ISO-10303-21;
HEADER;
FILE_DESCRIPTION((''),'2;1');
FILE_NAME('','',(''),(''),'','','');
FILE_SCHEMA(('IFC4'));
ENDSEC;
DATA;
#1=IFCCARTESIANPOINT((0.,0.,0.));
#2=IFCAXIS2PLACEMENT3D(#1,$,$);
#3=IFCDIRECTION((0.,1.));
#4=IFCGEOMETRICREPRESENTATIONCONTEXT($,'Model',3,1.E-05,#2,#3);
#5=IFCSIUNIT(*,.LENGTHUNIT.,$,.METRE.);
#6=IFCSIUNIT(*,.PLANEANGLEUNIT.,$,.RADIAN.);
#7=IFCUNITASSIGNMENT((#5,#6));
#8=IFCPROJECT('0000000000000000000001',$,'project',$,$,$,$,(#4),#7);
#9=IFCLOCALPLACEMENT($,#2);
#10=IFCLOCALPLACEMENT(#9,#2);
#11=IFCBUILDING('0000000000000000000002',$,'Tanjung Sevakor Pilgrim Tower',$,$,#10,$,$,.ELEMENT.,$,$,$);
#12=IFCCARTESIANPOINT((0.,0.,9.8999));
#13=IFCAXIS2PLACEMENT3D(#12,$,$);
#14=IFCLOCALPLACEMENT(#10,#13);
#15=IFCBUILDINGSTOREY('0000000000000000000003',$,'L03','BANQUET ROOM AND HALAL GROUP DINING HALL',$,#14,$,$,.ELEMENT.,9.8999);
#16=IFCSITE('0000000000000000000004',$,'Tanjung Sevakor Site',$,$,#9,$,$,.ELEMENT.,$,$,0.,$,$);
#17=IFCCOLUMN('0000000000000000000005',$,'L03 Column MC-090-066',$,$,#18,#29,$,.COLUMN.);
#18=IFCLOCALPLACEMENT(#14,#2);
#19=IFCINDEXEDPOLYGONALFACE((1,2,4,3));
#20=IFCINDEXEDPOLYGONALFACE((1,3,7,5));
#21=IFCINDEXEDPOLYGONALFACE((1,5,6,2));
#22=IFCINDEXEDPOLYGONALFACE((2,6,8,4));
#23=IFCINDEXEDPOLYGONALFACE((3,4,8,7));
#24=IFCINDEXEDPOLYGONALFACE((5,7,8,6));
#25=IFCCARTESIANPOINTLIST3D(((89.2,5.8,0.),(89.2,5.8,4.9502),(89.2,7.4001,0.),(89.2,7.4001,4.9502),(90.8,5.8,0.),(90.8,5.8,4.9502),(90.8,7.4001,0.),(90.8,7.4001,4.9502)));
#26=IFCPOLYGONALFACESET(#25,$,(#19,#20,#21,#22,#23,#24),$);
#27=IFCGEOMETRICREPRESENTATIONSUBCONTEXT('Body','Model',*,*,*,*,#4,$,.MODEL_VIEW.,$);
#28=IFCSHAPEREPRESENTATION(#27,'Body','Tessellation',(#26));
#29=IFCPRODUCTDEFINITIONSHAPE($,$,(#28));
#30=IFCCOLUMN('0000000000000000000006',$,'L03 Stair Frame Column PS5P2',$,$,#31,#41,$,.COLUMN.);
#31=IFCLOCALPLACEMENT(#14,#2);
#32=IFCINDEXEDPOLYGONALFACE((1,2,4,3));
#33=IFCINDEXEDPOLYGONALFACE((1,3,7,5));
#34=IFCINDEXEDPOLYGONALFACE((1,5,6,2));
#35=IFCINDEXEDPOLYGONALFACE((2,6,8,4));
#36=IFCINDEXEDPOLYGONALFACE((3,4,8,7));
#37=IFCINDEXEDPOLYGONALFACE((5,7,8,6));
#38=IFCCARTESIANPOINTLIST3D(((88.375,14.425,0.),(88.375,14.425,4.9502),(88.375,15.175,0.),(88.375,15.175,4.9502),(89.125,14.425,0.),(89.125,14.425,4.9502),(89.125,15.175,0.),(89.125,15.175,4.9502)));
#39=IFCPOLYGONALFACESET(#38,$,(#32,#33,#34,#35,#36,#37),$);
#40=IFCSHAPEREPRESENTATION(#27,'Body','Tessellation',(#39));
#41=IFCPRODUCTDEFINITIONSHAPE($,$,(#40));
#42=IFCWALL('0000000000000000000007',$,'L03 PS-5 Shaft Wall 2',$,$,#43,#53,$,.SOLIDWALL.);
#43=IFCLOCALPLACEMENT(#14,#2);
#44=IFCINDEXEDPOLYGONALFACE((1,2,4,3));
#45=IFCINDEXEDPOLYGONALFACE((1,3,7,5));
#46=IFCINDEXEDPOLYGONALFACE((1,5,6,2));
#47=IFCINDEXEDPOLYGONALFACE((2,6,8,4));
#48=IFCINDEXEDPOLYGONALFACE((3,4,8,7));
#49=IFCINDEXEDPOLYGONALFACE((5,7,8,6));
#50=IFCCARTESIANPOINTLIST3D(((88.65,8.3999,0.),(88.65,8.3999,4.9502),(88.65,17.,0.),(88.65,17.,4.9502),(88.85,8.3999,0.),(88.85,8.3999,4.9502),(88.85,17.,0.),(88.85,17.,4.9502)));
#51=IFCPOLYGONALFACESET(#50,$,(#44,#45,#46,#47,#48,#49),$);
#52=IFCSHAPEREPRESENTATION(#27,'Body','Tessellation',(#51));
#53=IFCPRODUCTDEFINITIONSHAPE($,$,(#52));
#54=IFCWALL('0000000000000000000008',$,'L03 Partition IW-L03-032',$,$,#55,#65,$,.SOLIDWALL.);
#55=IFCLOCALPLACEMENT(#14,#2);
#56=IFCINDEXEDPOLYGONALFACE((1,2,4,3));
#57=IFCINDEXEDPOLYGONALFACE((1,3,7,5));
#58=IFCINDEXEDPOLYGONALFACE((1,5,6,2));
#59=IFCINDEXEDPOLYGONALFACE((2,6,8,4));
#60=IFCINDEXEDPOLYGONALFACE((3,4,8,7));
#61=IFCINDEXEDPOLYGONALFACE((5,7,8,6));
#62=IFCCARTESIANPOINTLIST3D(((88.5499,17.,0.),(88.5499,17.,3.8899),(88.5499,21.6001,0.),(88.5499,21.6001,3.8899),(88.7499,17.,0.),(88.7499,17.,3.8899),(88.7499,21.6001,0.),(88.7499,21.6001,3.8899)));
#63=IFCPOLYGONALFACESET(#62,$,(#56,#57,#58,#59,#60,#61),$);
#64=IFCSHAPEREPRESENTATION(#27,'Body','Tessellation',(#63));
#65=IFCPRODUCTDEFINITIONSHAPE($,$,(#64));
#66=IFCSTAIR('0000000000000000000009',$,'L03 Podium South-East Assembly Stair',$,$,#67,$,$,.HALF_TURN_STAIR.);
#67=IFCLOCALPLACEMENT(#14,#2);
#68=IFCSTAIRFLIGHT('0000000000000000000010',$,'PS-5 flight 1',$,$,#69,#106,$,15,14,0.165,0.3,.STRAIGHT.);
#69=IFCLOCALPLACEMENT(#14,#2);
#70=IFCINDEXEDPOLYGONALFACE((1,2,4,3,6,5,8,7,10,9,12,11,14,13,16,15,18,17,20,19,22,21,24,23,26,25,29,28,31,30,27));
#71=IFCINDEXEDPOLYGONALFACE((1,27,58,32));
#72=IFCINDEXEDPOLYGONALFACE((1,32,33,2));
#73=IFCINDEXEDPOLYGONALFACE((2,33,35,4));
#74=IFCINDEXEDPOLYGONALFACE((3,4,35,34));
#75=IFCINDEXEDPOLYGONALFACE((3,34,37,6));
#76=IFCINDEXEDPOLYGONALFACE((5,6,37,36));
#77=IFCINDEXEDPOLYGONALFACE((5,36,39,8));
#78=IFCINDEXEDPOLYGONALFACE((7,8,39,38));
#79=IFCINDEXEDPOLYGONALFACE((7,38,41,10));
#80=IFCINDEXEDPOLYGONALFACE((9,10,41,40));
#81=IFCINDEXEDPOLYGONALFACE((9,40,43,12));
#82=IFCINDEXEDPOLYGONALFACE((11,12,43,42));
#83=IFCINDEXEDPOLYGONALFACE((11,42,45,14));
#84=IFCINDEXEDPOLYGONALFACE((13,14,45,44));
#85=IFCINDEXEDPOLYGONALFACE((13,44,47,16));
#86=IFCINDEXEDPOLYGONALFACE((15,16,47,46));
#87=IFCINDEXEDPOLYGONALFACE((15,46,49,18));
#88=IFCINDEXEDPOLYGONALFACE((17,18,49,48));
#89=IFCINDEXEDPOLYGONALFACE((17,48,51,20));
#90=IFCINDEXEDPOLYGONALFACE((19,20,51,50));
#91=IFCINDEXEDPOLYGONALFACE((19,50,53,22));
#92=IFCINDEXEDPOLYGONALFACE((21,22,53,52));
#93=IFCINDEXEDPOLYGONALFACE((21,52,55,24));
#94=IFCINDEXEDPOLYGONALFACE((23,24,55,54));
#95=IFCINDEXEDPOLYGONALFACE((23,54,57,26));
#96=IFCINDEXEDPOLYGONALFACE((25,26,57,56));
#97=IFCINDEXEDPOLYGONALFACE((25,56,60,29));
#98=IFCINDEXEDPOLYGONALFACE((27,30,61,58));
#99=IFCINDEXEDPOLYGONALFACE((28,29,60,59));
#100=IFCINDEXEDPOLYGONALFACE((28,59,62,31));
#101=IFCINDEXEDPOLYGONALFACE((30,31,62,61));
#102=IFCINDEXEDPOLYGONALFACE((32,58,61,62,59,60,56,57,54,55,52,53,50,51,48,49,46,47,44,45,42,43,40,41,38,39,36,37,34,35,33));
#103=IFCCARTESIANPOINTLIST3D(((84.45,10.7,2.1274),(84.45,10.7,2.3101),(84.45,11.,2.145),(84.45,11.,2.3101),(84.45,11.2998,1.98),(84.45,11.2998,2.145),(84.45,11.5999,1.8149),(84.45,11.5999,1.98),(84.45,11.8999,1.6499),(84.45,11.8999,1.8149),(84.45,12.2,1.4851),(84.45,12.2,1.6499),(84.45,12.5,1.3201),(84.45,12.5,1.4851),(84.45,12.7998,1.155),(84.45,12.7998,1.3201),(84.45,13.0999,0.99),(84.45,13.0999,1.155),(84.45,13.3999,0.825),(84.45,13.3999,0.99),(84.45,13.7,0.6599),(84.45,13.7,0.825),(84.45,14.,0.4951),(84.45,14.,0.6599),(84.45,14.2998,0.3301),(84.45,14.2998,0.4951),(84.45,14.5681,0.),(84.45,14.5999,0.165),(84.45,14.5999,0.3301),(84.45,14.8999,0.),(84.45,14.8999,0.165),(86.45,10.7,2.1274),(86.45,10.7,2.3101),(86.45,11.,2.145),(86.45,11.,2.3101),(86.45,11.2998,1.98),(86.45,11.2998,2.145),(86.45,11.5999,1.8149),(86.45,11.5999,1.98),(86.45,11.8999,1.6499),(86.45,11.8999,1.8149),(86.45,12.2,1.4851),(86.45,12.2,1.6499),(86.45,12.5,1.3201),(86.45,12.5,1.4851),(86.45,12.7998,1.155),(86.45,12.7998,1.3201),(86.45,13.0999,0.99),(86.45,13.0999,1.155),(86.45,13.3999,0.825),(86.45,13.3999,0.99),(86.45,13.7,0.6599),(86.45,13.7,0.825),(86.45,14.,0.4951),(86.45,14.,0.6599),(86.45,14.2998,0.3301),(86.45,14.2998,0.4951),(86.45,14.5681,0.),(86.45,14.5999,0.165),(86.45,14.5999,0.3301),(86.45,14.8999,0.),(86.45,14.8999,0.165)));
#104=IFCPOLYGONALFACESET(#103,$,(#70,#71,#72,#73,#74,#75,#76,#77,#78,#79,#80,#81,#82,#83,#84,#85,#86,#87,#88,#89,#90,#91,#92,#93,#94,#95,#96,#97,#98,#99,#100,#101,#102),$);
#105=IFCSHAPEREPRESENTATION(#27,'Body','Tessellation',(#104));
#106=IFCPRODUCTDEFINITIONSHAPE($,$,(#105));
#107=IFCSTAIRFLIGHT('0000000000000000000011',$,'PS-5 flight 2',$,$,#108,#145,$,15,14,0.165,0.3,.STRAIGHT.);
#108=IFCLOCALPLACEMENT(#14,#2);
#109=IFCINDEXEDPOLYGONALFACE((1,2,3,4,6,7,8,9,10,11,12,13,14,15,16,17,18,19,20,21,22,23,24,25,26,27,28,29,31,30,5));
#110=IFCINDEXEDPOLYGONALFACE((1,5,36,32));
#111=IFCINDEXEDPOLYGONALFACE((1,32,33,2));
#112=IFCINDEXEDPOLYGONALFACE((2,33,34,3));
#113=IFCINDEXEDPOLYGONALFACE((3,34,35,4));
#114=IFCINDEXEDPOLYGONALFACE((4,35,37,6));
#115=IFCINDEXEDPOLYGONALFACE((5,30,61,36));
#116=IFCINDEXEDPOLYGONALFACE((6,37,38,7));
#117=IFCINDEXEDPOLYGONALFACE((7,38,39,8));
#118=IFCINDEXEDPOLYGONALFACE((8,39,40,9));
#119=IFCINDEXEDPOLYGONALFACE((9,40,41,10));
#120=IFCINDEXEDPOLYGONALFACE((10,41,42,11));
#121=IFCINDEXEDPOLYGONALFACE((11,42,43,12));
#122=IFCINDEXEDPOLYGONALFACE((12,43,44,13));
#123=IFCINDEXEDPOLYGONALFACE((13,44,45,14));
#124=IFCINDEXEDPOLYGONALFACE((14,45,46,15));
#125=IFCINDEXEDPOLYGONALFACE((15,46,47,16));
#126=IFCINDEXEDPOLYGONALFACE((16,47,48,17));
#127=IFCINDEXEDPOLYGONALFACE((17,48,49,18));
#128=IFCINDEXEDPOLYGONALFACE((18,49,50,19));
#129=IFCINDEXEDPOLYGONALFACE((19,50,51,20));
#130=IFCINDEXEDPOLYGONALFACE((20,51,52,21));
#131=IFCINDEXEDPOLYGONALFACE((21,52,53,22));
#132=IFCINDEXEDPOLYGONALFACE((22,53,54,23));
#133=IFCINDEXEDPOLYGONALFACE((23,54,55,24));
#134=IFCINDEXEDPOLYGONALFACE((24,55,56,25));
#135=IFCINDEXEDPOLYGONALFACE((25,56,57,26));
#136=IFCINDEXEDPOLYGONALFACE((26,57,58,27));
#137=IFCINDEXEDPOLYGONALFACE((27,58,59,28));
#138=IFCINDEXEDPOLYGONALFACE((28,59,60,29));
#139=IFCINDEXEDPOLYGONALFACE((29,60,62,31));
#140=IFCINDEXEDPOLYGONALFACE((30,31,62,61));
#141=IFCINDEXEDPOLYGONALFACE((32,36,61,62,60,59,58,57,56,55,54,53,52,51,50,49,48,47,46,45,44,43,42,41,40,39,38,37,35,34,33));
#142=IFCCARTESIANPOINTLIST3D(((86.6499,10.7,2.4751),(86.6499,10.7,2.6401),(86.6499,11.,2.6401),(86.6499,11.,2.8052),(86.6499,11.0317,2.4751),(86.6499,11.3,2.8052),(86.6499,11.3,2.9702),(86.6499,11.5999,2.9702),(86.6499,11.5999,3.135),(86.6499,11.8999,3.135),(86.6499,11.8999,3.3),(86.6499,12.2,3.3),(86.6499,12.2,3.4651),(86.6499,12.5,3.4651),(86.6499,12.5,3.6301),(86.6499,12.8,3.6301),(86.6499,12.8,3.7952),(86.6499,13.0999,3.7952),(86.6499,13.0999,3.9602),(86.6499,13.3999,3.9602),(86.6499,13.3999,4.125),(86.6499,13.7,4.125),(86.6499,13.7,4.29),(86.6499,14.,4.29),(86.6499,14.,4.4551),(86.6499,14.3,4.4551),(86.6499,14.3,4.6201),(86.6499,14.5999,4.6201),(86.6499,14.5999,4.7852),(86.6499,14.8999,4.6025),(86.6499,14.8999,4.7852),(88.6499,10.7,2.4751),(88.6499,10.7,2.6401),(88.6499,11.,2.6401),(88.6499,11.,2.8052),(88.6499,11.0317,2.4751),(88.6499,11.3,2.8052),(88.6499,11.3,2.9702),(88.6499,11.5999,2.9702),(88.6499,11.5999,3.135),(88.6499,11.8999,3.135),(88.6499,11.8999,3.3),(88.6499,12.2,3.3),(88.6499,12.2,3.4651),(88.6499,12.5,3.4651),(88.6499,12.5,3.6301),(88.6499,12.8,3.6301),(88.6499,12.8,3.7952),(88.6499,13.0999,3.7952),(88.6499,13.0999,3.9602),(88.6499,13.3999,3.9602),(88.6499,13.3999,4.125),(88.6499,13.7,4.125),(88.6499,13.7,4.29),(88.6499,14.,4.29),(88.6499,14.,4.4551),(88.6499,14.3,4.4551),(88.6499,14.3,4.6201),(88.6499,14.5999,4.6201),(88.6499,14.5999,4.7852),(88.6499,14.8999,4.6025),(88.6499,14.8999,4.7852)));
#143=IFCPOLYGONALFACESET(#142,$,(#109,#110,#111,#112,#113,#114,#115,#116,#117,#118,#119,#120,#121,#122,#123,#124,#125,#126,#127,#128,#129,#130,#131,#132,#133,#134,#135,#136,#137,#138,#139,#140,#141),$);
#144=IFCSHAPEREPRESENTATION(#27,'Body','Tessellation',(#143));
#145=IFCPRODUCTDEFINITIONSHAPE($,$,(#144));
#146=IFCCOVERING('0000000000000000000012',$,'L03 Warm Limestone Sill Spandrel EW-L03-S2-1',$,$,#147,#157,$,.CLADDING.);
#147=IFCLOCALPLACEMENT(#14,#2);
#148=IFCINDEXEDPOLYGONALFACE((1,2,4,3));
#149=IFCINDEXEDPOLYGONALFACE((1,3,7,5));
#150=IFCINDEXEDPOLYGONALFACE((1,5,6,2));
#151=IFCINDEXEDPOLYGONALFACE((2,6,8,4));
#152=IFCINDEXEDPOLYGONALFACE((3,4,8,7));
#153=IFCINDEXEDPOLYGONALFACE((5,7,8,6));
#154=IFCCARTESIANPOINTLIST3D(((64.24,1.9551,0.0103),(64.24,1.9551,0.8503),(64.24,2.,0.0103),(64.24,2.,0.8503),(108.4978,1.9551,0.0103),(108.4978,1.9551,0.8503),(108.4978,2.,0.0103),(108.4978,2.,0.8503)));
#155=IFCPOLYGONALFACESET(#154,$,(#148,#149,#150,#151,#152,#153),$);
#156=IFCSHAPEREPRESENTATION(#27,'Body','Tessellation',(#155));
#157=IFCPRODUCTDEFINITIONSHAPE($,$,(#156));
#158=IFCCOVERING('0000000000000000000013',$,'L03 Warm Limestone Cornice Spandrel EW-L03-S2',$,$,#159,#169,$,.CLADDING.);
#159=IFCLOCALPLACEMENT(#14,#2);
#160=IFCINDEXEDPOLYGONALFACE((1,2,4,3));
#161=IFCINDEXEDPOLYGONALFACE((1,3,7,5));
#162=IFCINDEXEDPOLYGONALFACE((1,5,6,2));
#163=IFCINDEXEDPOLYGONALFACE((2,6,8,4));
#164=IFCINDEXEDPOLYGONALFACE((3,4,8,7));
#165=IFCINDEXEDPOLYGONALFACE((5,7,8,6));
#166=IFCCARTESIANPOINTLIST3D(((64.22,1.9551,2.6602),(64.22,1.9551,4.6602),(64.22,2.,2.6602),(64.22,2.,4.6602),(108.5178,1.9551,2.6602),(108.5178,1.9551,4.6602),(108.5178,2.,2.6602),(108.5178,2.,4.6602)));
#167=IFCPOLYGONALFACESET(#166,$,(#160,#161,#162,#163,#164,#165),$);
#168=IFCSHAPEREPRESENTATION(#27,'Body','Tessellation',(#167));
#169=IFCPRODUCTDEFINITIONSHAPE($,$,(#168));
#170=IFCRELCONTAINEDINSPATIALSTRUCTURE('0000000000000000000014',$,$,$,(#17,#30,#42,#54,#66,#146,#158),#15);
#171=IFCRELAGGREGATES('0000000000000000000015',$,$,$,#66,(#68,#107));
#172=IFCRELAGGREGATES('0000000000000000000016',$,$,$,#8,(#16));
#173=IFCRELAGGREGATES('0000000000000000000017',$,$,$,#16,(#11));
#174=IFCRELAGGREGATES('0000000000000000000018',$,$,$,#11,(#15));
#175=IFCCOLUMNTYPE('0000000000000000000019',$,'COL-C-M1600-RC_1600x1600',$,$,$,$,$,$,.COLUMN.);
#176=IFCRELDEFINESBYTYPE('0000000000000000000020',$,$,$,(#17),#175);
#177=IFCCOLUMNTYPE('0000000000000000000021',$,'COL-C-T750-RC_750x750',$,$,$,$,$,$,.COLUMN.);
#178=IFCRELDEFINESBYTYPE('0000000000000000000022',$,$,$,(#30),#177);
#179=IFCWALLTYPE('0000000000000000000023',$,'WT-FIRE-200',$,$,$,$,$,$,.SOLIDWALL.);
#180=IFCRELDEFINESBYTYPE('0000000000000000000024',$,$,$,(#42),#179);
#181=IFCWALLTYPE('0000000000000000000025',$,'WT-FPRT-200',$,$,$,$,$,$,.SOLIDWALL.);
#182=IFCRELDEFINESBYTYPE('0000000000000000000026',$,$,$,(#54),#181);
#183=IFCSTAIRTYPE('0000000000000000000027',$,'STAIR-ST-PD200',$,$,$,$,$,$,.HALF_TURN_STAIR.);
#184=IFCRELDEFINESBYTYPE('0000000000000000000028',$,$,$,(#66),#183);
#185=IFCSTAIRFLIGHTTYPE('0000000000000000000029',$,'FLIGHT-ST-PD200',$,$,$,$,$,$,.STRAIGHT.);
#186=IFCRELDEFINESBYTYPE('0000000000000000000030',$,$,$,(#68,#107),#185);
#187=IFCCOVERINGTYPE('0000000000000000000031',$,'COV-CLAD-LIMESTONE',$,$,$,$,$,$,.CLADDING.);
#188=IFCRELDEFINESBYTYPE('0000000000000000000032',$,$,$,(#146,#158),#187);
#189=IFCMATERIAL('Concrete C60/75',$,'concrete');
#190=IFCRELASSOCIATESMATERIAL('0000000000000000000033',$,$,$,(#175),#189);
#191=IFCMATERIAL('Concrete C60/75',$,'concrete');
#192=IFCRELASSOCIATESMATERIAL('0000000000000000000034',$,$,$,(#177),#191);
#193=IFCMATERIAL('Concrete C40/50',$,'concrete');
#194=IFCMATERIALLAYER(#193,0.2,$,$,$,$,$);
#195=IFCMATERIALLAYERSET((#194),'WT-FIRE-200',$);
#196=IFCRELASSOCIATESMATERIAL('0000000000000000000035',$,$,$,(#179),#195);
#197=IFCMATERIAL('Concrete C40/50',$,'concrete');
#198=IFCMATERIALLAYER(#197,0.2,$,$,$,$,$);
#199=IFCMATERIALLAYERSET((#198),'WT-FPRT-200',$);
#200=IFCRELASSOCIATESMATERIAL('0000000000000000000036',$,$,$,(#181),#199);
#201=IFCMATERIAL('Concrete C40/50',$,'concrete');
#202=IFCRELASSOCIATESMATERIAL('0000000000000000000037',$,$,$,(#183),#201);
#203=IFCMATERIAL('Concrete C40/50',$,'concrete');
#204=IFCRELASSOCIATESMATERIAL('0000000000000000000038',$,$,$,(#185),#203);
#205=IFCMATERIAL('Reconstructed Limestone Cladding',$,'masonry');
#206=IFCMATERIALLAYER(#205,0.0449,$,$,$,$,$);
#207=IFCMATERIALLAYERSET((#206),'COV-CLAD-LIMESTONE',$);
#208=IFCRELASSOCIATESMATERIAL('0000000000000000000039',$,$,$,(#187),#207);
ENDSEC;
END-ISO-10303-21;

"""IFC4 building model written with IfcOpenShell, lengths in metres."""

from ifc_helpers import new_model, si_unit, direction, frame, frame_2d, origin, origin_2d, place, context, subcontext, project, spatial, polyline, rectangle, outline, extrude, material, layer, layer_set, material_profile, profile_set, type_object, element, aggregate, save


model = new_model("IFC4")

# Units and contexts
model_context = context("Model", 3, precision=1e-05, world=origin(), true_north=direction((0.0, 1.0)))
body_context = subcontext(model_context, "Body", "Model", "MODEL_VIEW")
ifc_project = project(units=[si_unit("LENGTHUNIT", "METRE"), si_unit("PLANEANGLEUNIT", "RADIAN")], contexts=[model_context])

# Site, building, storey
site_placement = place(None, origin())
site = spatial("IfcSite", under=ifc_project, at=site_placement, Name="Tanjung Sevakor Site", CompositionType="ELEMENT", RefElevation=0.0)
building_placement = place(site_placement, origin())
building = spatial("IfcBuilding", under=site, at=building_placement, Name="Tanjung Sevakor Pilgrim Tower", CompositionType="ELEMENT")
storey_placement = place(building_placement, frame((0.0, 0.0, 9.8999)))
storey = spatial("IfcBuildingStorey", under=building, at=storey_placement, Name="L03", Description="BANQUET ROOM AND HALAL GROUP DINING HALL", CompositionType="ELEMENT", Elevation=9.8999)

# Columns
ifc_material_1 = material(Name="Concrete C60/75", Category="concrete")
ifc_material_profile_1 = material_profile(ifc_material_1, rectangle(XDim=1.6001, YDim=1.6001, at=origin_2d()))
ifc_profile_set_1 = profile_set([ifc_material_profile_1], Name="Concrete C60/75")
column_type_1 = type_object("IfcColumnType", Name="COL-C-M1600-RC_1600x1600", PredefinedType="COLUMN", material=ifc_profile_set_1)
column_1_placement = place(storey_placement, frame((90.0, 6.6001, 0.0), z_axis=(0.0, 0.0, 1.0), x_axis=(1.0, 0.0, 0.0)))
element("IfcColumn", 1, at=column_1_placement, inside=storey, type_object=column_type_1, Name="L03 Column MC-090-066", PredefinedType="COLUMN", context=body_context, shape_type="SweptSolid", body=[
    extrude(rectangle(XDim=1.6001, YDim=1.6001, at=origin_2d()), origin(), (0.0, 0.0, 1.0), 4.9502),
])
ifc_material_2 = material(Name="Concrete C60/75", Category="concrete")
ifc_material_profile_2 = material_profile(ifc_material_2, rectangle(XDim=0.75, YDim=0.75, at=origin_2d()))
ifc_profile_set_2 = profile_set([ifc_material_profile_2], Name="Concrete C60/75")
column_type_2 = type_object("IfcColumnType", Name="COL-C-T750-RC_750x750", PredefinedType="COLUMN", material=ifc_profile_set_2)
column_2_placement = place(storey_placement, frame((88.75, 14.8, 0.0), z_axis=(0.0, 0.0, 1.0), x_axis=(1.0, 0.0, 0.0)))
element("IfcColumn", 2, at=column_2_placement, inside=storey, type_object=column_type_2, Name="L03 Stair Frame Column PS5P2", PredefinedType="COLUMN", context=body_context, shape_type="SweptSolid", body=[
    extrude(rectangle(XDim=0.75, YDim=0.75, at=origin_2d()), origin(), (0.0, 0.0, 1.0), 4.9502),
])

# Wall
ifc_material_3 = material(Name="Concrete C40/50", Category="concrete")
ifc_layer_1 = layer(ifc_material_3, 0.2)
ifc_layer_set_1 = layer_set([ifc_layer_1], Name="WT-FIRE-200")
wall_type_1 = type_object("IfcWallType", Name="WT-FIRE-200", PredefinedType="SOLIDWALL", material=ifc_layer_set_1)
wall_1_placement = place(storey_placement, frame((88.75, 8.3999, 0.0), z_axis=(0.0, 0.0, 1.0), x_axis=(0.0, 1.0, 0.0)))
element("IfcWall", 3, at=wall_1_placement, inside=storey, type_object=wall_type_1, Name="L03 PS-5 Shaft Wall 2", PredefinedType="SOLIDWALL", context=body_context, shape_type="SweptSolid", body=[
    extrude(rectangle(XDim=8.6001, YDim=0.2, at=frame_2d((4.3, 0.0))), origin(), (0.0, 0.0, 1.0), 4.9502),
])

# Wall
ifc_material_4 = material(Name="Concrete C40/50", Category="concrete")
ifc_layer_2 = layer(ifc_material_4, 0.2)
ifc_layer_set_2 = layer_set([ifc_layer_2], Name="WT-FPRT-200")
wall_type_2 = type_object("IfcWallType", Name="WT-FPRT-200", PredefinedType="SOLIDWALL", material=ifc_layer_set_2)
wall_2_placement = place(storey_placement, frame((88.6499, 17.0, 0.0), z_axis=(0.0, 0.0, 1.0), x_axis=(0.0, 1.0, 0.0)))
element("IfcWall", 4, at=wall_2_placement, inside=storey, type_object=wall_type_2, Name="L03 Partition IW-L03-032", PredefinedType="SOLIDWALL", context=body_context, shape_type="SweptSolid", body=[
    extrude(rectangle(XDim=4.6001, YDim=0.2, at=frame_2d((2.3, 0.0))), origin(), (0.0, 0.0, 1.0), 3.8899),
])

# Stair, stair flights
ifc_material_5 = material(Name="Concrete C40/50", Category="concrete")
stair_type = type_object("IfcStairType", Name="STAIR-ST-PD200", PredefinedType="HALF_TURN_STAIR", material=ifc_material_5)
stair_placement = place(storey_placement, origin())
stair = element("IfcStair", 5, at=stair_placement, inside=storey, type_object=stair_type, Name="L03 Podium South-East Assembly Stair", PredefinedType="HALF_TURN_STAIR")
ifc_material_6 = material(Name="Concrete C40/50", Category="concrete")
stair_flight_type = type_object("IfcStairFlightType", Name="FLIGHT-ST-PD200", PredefinedType="STRAIGHT", material=ifc_material_6)
stair_flight_1_placement = place(storey_placement, frame((85.45, 14.8999, 0.0), z_axis=(0.0, 0.0, 1.0), x_axis=(0.0, -1.0, 0.0)))
stair_flight_1 = element("IfcStairFlight", 6, at=stair_flight_1_placement, type_object=stair_flight_type, Name="PS-5 flight 1", NumberOfRisers=15, NumberOfTreads=14, PredefinedType="STRAIGHT", RiserHeight=0.165, TreadLength=0.3, context=body_context, shape_type="SweptSolid", body=[
    extrude(outline(polyline([(0.0, 0.0), (0.0, 0.165), (0.3, 0.165), (0.3, 0.3301), (0.6001, 0.3301), (0.6001, 0.4951), (0.8999, 0.4951), (0.8999, 0.6599), (1.2, 0.6599), (1.2, 0.825), (1.5, 0.825), (1.5, 0.99), (1.8, 0.99), (1.8, 1.155), (2.1001, 1.155), (2.1001, 1.3201), (2.3999, 1.3201), (2.3999, 1.4851), (2.7, 1.4851), (2.7, 1.6499), (3.0, 1.6499), (3.0, 1.8149), (3.3, 1.8149), (3.3, 1.98), (3.6001, 1.98), (3.6001, 2.145), (3.8999, 2.145), (3.8999, 2.3101), (4.2, 2.3101), (4.2, 2.4751), (4.2, 2.1274), (0.3318, 0.0), (0.0, 0.0)])), frame((0.0, 1.0, 0.0), z_axis=(0.0, -1.0, 0.0), x_axis=(1.0, 0.0, 0.0)), (0.0, 0.0, 1.0), 2.0),
])
stair_flight_2_placement = place(storey_placement, frame((87.6499, 10.7, 2.4751), z_axis=(0.0, 0.0, 1.0), x_axis=(0.0, 1.0, 0.0)))
stair_flight_2 = element("IfcStairFlight", 7, at=stair_flight_2_placement, type_object=stair_flight_type, Name="PS-5 flight 2", NumberOfRisers=15, NumberOfTreads=14, PredefinedType="STRAIGHT", RiserHeight=0.165, TreadLength=0.3, context=body_context, shape_type="SweptSolid", body=[
    extrude(outline(polyline([(0.0, 0.0), (0.0, 0.165), (0.3, 0.165), (0.3, 0.3301), (0.6001, 0.3301), (0.6001, 0.4951), (0.8999, 0.4951), (0.8999, 0.6599), (1.2, 0.6599), (1.2, 0.825), (1.5, 0.825), (1.5, 0.99), (1.8, 0.99), (1.8, 1.155), (2.1001, 1.155), (2.1001, 1.3201), (2.3999, 1.3201), (2.3999, 1.4851), (2.7, 1.4851), (2.7, 1.6499), (3.0, 1.6499), (3.0, 1.8149), (3.3, 1.8149), (3.3, 1.98), (3.6001, 1.98), (3.6001, 2.145), (3.8999, 2.145), (3.8999, 2.3101), (4.2, 2.3101), (4.2, 2.4751), (4.2, 2.1274), (0.3318, 0.0), (0.0, 0.0)])), frame((0.0, 1.0, 0.0), z_axis=(0.0, -1.0, 0.0), x_axis=(1.0, 0.0, 0.0)), (0.0, 0.0, 1.0), 2.0),
])
aggregate(stair, [stair_flight_1, stair_flight_2])

# Coverings
ifc_material_7 = material(Name="Reconstructed Limestone Cladding", Category="masonry")
ifc_layer_3 = layer(ifc_material_7, 0.0449)
ifc_layer_set_3 = layer_set([ifc_layer_3], Name="COV-CLAD-LIMESTONE")
covering_type = type_object("IfcCoveringType", Name="COV-CLAD-LIMESTONE", PredefinedType="CLADDING", material=ifc_layer_set_3)
covering_1_placement = place(storey_placement, frame((86.3689, 1.9775, 0.0103), z_axis=(0.0, 0.0, 1.0), x_axis=(1.0, 0.0, 0.0)))
element("IfcCovering", 8, at=covering_1_placement, inside=storey, type_object=covering_type, Name="L03 Warm Limestone Sill Spandrel EW-L03-S2-1", PredefinedType="CLADDING", context=body_context, shape_type="SweptSolid", body=[
    extrude(rectangle(XDim=44.2578, YDim=0.0449, at=origin_2d()), origin(), (0.0, 0.0, 1.0), 0.8401),
])
covering_2_placement = place(storey_placement, frame((86.3689, 1.9775, 2.6602), z_axis=(0.0, 0.0, 1.0), x_axis=(1.0, 0.0, 0.0)))
element("IfcCovering", 9, at=covering_2_placement, inside=storey, type_object=covering_type, Name="L03 Warm Limestone Cornice Spandrel EW-L03-S2", PredefinedType="CLADDING", context=body_context, shape_type="SweptSolid", body=[
    extrude(rectangle(XDim=44.2979, YDim=0.0449, at=origin_2d()), origin(), (0.0, 0.0, 1.0), 2.0),
])

save(model, "model.ifc")
